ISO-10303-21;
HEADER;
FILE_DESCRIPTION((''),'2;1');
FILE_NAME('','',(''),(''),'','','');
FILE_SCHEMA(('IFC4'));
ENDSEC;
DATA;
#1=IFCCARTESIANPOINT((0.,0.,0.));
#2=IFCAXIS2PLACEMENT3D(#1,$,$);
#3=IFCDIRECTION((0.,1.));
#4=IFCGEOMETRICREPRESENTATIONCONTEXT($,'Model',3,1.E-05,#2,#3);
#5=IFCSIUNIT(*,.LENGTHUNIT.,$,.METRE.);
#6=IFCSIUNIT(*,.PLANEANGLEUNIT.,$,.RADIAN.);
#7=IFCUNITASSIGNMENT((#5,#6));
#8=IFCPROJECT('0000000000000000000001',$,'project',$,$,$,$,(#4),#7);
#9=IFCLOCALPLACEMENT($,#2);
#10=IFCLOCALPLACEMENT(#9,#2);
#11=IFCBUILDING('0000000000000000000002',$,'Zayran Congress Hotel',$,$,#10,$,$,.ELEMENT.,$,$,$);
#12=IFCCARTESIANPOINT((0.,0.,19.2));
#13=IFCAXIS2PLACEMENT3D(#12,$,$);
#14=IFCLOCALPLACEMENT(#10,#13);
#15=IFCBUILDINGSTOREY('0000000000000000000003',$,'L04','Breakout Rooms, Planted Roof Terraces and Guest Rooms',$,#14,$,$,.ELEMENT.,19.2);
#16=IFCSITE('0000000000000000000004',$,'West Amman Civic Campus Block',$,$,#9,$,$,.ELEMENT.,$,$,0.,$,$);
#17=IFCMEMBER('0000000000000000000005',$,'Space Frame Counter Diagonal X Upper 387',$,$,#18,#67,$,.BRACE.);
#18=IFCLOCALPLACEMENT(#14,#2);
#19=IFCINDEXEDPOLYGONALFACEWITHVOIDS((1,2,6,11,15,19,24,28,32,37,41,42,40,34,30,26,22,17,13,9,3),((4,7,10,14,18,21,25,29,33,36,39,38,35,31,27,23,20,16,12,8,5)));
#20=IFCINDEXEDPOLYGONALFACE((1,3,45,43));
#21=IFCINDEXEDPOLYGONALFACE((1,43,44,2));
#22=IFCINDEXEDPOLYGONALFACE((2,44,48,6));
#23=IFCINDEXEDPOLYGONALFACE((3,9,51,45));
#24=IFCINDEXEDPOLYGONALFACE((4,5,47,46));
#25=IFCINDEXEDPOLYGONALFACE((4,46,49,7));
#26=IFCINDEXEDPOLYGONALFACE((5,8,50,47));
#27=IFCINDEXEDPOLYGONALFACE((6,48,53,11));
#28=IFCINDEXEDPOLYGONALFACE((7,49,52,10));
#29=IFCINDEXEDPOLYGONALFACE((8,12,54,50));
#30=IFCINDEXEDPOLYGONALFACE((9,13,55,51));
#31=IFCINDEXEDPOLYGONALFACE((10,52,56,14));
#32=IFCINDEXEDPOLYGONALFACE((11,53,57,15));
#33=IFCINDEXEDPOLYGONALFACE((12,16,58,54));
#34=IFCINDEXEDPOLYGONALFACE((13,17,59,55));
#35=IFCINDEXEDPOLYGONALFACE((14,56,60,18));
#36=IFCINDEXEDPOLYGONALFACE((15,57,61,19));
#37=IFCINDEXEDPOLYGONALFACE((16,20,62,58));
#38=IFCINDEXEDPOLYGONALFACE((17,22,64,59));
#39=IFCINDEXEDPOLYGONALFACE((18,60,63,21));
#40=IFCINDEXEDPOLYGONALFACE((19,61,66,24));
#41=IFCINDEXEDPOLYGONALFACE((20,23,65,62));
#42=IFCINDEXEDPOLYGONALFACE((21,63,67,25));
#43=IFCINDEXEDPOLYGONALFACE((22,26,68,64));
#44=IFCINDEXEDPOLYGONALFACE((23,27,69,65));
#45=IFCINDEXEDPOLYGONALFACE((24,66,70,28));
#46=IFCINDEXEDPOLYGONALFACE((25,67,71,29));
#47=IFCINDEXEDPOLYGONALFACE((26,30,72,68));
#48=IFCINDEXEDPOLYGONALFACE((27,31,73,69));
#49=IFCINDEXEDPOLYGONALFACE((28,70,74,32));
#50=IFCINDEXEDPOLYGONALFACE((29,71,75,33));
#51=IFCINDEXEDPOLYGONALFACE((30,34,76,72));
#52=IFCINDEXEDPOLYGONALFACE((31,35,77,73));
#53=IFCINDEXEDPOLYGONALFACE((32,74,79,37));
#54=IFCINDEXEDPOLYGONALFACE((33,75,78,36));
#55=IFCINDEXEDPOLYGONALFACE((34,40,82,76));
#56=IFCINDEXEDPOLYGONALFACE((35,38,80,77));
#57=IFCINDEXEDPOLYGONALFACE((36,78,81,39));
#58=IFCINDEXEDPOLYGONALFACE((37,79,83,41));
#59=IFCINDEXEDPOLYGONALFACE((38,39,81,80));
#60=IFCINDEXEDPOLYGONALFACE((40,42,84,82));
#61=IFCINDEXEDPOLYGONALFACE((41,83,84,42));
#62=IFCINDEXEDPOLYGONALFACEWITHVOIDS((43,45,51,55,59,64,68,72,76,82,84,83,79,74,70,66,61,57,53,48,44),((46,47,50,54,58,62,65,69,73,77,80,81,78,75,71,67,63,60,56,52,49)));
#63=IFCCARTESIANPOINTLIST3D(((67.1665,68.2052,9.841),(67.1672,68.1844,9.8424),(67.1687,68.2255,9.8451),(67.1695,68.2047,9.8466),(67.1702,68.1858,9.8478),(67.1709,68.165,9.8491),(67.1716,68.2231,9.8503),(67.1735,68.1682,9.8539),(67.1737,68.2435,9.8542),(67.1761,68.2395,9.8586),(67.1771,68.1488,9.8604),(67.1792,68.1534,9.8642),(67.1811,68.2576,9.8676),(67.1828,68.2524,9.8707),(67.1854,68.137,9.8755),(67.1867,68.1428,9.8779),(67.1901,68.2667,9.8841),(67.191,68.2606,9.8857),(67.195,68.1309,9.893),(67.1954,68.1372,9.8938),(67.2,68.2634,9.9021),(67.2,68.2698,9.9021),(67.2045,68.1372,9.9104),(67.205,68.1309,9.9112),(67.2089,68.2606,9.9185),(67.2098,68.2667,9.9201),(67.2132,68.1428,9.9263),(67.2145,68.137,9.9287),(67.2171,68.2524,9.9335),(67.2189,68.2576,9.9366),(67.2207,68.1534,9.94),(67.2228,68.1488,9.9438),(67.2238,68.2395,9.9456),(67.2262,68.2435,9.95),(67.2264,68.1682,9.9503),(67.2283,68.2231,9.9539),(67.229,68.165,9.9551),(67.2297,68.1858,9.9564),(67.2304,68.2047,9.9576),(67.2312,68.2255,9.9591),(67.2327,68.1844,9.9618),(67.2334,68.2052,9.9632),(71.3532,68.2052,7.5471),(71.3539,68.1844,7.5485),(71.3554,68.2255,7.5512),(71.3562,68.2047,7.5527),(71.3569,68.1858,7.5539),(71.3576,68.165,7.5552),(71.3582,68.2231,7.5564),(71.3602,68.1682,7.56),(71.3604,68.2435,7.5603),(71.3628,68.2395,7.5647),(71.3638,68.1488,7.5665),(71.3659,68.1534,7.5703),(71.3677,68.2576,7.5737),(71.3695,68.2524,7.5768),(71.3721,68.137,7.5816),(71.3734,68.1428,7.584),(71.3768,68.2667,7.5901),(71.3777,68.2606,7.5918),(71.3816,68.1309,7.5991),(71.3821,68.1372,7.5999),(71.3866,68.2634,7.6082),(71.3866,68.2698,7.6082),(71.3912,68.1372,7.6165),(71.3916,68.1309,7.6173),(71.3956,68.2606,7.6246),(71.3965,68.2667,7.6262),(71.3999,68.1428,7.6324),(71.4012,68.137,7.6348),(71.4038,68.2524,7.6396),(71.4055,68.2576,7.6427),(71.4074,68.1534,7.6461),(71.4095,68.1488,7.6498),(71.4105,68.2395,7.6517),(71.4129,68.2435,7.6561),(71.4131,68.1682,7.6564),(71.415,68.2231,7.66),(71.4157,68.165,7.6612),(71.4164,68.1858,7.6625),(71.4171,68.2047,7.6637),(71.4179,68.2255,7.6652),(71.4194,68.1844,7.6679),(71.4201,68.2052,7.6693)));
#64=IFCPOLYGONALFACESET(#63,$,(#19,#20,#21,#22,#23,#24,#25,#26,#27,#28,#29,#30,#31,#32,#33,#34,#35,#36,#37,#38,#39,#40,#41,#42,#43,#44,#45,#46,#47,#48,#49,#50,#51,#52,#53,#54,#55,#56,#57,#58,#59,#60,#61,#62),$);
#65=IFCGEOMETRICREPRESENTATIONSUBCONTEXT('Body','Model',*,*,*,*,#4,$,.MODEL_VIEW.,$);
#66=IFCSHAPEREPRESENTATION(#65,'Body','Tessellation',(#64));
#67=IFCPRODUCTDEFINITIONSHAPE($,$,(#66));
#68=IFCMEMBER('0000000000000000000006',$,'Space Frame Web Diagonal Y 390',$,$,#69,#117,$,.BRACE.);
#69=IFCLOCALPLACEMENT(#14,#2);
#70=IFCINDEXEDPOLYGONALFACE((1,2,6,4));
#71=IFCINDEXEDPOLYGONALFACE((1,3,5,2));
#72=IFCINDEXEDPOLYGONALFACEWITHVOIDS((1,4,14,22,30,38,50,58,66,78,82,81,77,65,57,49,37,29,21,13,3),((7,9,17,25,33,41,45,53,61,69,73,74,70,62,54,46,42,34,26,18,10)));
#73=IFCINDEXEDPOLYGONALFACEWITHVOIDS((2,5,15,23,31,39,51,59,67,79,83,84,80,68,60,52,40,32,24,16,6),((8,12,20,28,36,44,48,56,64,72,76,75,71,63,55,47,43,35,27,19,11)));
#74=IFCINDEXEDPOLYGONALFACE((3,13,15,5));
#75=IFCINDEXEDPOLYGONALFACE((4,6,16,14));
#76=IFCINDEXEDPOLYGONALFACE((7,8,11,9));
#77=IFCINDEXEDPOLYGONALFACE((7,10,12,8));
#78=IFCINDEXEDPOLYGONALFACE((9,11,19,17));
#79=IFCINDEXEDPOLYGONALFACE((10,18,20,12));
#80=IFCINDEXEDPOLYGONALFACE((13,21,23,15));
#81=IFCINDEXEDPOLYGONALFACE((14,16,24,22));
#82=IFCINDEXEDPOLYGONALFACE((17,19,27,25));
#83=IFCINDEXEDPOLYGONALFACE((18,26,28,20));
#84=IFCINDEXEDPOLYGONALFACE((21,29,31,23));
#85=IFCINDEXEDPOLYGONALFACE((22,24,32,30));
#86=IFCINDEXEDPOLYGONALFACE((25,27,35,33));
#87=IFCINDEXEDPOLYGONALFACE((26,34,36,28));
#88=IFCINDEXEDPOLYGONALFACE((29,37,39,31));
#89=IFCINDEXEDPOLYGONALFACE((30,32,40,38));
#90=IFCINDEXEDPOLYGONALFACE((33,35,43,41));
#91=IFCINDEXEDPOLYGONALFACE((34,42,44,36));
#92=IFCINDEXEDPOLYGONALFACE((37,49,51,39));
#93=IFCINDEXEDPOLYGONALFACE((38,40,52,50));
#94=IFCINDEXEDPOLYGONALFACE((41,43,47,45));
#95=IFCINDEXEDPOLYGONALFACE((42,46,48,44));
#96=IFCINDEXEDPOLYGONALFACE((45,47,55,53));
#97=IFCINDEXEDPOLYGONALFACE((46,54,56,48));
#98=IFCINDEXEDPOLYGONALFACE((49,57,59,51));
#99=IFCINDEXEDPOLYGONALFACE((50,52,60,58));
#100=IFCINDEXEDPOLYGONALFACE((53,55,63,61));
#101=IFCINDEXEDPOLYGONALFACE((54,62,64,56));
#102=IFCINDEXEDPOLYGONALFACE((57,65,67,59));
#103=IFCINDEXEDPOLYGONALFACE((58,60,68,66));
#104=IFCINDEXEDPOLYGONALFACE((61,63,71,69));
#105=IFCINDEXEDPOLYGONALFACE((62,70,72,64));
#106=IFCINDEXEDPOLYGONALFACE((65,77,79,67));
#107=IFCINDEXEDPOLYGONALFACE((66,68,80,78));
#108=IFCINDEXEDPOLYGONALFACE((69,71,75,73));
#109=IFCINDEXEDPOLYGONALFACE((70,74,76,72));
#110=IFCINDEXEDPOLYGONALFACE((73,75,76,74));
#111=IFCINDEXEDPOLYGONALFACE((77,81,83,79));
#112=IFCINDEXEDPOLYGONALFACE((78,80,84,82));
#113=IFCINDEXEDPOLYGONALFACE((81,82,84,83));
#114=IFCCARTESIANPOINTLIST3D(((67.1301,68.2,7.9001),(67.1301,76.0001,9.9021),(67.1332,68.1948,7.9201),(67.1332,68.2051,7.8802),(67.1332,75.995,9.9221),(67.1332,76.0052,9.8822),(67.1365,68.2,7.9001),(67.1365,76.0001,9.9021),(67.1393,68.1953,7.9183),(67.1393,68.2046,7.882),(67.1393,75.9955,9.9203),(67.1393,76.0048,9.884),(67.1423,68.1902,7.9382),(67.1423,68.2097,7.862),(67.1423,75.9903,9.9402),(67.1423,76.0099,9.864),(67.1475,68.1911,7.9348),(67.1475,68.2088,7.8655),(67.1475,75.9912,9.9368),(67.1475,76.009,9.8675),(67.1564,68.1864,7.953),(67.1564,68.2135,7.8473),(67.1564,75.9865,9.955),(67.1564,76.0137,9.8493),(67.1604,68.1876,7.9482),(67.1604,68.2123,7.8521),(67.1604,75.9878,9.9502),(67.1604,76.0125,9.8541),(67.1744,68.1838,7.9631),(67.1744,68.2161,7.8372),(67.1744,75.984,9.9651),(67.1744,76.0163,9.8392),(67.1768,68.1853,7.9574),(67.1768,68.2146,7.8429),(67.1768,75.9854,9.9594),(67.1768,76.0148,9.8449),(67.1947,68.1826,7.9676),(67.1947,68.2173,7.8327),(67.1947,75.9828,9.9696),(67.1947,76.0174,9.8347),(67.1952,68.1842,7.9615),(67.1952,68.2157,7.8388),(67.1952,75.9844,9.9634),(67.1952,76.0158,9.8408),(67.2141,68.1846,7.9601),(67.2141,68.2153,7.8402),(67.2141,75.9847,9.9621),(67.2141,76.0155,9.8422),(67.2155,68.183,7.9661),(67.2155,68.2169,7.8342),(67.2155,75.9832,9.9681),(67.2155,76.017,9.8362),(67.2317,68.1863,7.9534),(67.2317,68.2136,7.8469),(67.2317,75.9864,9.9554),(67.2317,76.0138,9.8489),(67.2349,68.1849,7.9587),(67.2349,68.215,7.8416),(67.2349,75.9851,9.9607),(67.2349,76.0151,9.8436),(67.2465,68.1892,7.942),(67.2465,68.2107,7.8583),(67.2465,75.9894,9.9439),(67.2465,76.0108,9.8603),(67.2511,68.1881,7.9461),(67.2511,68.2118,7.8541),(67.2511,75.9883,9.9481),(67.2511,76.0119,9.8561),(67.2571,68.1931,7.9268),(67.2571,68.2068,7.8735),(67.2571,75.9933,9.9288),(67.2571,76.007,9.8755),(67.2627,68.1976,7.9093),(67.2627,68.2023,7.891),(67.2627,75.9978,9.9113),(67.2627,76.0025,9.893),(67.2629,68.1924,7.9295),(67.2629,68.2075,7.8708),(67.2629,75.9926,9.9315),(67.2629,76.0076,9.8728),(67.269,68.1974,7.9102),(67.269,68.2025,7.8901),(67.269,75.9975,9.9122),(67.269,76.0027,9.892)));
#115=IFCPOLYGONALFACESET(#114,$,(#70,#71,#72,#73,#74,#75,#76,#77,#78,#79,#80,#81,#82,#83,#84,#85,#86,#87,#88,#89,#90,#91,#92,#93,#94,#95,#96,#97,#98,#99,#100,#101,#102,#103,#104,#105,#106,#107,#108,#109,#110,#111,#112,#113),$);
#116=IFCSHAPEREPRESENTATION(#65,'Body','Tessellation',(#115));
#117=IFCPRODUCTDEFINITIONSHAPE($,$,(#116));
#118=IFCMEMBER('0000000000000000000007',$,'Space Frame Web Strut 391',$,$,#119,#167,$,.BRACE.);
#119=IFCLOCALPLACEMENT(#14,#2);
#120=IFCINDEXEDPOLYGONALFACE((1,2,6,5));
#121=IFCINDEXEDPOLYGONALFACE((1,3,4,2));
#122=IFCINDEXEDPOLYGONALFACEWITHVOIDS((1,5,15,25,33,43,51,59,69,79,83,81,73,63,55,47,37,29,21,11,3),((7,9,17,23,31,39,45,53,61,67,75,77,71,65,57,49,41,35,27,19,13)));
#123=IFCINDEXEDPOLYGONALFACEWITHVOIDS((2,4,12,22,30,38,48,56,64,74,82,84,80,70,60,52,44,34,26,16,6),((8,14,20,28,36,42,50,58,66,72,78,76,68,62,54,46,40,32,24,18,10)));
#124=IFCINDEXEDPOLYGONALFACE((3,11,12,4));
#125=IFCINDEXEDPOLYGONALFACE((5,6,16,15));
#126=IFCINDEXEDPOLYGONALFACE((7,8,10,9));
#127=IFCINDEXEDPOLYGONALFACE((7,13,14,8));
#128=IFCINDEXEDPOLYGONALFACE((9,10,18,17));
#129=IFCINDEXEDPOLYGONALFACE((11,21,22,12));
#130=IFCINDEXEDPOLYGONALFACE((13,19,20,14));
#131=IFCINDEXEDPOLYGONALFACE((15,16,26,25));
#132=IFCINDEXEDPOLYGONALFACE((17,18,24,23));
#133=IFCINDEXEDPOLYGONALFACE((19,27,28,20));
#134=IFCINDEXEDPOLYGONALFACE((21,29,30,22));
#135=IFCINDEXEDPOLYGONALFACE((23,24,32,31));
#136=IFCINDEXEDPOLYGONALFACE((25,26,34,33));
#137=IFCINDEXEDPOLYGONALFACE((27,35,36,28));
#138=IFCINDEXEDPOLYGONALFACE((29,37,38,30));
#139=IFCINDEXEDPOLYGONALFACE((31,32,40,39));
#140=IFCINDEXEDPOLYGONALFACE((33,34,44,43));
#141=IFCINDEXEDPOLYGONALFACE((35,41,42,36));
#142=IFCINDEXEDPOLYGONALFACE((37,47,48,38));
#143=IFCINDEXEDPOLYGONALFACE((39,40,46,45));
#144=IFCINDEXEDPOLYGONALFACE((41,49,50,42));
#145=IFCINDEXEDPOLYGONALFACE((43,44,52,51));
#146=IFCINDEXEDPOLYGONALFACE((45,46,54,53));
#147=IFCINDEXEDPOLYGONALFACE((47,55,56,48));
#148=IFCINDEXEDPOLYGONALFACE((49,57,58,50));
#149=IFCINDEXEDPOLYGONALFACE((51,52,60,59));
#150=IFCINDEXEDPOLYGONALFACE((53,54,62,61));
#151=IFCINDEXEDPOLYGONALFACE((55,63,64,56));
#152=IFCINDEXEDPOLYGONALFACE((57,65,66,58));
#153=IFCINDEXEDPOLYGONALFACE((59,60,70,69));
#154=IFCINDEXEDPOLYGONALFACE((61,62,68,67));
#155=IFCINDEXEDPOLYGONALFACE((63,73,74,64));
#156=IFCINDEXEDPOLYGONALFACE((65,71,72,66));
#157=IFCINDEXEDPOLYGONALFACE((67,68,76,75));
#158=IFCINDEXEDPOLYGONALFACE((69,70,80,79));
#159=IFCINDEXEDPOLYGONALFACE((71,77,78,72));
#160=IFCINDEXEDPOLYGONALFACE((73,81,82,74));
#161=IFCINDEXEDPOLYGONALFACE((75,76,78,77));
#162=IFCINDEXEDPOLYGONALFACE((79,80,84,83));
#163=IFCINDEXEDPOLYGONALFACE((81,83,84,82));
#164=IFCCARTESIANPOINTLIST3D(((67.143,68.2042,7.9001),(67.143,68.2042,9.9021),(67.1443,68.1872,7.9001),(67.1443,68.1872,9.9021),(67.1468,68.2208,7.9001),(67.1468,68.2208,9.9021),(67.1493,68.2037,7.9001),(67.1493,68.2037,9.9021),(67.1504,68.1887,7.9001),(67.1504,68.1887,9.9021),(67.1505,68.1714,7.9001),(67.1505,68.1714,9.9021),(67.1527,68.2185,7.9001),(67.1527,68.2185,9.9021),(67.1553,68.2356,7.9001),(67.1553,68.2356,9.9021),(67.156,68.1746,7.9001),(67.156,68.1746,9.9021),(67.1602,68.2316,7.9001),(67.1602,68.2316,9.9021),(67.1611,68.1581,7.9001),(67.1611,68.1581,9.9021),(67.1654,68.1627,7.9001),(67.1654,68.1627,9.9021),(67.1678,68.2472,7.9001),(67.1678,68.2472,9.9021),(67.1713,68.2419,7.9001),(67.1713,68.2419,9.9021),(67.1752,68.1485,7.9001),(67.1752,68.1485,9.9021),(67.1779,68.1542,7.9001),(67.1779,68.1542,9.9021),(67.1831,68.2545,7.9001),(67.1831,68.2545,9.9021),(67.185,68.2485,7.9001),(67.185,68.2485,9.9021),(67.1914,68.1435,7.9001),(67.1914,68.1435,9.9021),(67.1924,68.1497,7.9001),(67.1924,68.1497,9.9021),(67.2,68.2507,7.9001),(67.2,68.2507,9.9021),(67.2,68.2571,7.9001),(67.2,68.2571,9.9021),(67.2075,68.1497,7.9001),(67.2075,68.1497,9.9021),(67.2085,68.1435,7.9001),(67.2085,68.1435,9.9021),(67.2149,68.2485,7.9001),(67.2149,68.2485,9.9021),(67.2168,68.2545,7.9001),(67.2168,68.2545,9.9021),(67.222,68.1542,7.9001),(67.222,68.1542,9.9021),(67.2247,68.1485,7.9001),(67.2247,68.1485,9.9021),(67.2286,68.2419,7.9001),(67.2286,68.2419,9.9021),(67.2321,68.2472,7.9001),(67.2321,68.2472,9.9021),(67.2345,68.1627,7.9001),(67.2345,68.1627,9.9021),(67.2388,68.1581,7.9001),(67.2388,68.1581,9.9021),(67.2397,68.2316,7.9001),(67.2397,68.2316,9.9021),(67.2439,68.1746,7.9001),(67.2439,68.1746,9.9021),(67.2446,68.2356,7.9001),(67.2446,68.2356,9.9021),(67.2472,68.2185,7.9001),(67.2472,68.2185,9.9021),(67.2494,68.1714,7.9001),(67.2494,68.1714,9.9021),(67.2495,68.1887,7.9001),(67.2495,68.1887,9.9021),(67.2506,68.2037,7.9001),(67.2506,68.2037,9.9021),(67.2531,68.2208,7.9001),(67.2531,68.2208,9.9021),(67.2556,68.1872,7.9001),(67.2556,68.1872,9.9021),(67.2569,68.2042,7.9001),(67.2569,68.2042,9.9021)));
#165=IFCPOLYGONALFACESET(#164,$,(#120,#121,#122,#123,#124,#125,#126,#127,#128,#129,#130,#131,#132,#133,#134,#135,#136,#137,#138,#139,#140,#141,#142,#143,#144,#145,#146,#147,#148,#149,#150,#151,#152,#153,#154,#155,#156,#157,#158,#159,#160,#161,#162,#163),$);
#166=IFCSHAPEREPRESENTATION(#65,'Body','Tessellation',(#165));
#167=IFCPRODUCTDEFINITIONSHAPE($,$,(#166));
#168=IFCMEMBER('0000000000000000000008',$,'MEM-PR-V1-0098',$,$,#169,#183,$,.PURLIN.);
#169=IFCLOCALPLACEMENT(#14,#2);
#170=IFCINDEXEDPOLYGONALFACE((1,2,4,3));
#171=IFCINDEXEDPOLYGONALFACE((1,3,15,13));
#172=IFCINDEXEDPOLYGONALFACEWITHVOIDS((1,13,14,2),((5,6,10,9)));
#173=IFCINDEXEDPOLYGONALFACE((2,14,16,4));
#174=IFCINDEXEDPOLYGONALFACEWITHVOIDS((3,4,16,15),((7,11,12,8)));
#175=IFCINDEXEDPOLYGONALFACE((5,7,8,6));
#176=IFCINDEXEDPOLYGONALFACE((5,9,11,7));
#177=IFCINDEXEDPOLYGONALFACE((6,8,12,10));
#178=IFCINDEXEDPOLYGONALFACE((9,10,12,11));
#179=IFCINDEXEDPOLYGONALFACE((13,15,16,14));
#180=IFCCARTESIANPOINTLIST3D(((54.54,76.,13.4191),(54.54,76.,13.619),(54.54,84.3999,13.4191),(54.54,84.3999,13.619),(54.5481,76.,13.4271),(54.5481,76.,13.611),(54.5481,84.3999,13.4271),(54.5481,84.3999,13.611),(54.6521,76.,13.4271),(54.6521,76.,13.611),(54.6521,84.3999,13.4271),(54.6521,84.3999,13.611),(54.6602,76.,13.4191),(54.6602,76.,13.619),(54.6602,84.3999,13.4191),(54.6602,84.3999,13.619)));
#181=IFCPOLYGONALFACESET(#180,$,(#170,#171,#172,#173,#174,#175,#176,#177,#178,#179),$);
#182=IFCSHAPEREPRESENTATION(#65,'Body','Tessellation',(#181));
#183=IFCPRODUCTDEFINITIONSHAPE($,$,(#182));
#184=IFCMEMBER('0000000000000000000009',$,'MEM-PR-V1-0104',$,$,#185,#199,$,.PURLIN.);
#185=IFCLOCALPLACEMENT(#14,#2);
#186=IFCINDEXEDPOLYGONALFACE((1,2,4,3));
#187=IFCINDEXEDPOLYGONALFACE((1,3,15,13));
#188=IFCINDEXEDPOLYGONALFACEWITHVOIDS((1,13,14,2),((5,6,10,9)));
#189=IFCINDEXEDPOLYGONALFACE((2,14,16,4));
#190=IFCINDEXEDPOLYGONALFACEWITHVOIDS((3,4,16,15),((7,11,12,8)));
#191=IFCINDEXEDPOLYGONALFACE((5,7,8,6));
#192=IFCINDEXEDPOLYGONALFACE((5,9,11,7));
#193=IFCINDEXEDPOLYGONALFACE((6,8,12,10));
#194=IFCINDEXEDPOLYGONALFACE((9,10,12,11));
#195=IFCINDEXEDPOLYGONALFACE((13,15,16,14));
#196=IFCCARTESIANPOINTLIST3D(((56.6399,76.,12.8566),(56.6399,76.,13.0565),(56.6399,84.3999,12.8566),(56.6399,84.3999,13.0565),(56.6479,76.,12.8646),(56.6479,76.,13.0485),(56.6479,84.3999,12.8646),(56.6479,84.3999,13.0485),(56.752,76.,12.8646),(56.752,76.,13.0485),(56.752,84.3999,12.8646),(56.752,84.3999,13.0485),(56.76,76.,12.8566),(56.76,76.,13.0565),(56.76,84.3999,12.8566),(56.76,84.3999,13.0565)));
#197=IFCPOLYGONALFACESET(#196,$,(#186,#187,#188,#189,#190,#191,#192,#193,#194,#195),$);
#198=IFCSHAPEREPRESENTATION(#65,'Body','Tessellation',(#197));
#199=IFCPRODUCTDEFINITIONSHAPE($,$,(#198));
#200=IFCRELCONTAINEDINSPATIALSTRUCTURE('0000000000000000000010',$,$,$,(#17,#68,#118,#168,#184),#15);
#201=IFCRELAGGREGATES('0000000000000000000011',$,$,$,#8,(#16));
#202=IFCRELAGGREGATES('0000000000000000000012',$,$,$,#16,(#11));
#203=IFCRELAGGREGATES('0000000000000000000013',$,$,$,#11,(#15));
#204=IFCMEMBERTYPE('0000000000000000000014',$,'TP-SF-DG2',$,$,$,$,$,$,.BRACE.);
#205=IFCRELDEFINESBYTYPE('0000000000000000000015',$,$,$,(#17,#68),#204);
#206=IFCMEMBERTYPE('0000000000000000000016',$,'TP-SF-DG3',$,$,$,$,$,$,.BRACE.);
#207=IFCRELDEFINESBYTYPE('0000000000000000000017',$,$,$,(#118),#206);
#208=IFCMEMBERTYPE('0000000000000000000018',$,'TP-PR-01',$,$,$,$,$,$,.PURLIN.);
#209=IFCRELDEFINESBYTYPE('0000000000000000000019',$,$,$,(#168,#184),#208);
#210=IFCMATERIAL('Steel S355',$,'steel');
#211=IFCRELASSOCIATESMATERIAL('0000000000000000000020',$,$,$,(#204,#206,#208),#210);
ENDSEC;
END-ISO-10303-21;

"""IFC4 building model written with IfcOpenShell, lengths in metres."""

from ifc_helpers import new_model, si_unit, direction, frame, origin, origin_2d, place, context, subcontext, project, spatial, hollow_rectangle, hollow_circle, extrude, material, material_profile, profile_set, type_object, element, save


model = new_model("IFC4")

# Units and contexts
model_context = context("Model", 3, precision=1e-05, world=origin(), true_north=direction((0.0, 1.0)))
body_context = subcontext(model_context, "Body", "Model", "MODEL_VIEW")
ifc_project = project(units=[si_unit("LENGTHUNIT", "METRE"), si_unit("PLANEANGLEUNIT", "RADIAN")], contexts=[model_context])

# Site, building, storey
site_placement = place(None, origin())
site = spatial("IfcSite", under=ifc_project, at=site_placement, Name="West Amman Civic Campus Block", CompositionType="ELEMENT", RefElevation=0.0)
building_placement = place(site_placement, origin())
building = spatial("IfcBuilding", under=site, at=building_placement, Name="Zayran Congress Hotel", CompositionType="ELEMENT")
storey_placement = place(building_placement, frame((0.0, 0.0, 19.2)))
storey = spatial("IfcBuildingStorey", under=building, at=storey_placement, Name="L04", Description="Breakout Rooms, Planted Roof Terraces and Guest Rooms", CompositionType="ELEMENT", Elevation=19.2)

# Members
ifc_material_1 = material(Name="Steel S355", Category="steel")
ifc_material_profile_1 = material_profile(ifc_material_1, hollow_circle(Radius=0.0698, WallThickness=0.0063, at=origin_2d()), Name="CHS 139.7x6.3")
ifc_profile_set_1 = profile_set([ifc_material_profile_1], Name="Steel S355")
member_type_1 = type_object("IfcMemberType", Name="TP-SF-DG2", PredefinedType="BRACE", material=ifc_profile_set_1)
member_1_placement = place(storey_placement, frame((67.2, 68.2, 9.9021), z_axis=(0.876991, 0.0, -0.480507), x_axis=(0.0, 1.0, 0.0)))
element("IfcMember", 1, at=member_1_placement, inside=storey, type_object=member_type_1, Name="Space Frame Counter Diagonal X Upper 387", PredefinedType="BRACE", context=body_context, shape_type="SweptSolid", body=[
    extrude(hollow_circle(Radius=0.0698, WallThickness=0.0063, at=origin_2d()), origin(), (0.0, 0.0, 1.0), 4.7739),
])
member_2_placement = place(storey_placement, frame((67.2, 68.2, 7.9001), z_axis=(0.0, 0.968606, 0.248601), x_axis=(-1.0, 0.0, 0.0)))
element("IfcMember", 2, at=member_2_placement, inside=storey, type_object=member_type_1, Name="Space Frame Web Diagonal Y 390", PredefinedType="BRACE", context=body_context, shape_type="SweptSolid", body=[
    extrude(hollow_circle(Radius=0.0698, WallThickness=0.0063, at=origin_2d()), origin(), (0.0, 0.0, 1.0), 8.053),
])
ifc_material_profile_2 = material_profile(ifc_material_1, hollow_circle(Radius=0.0571, WallThickness=0.0063, at=origin_2d()), Name="CHS 114.3x6.3")
ifc_profile_set_2 = profile_set([ifc_material_profile_2], Name="Steel S355")
member_type_2 = type_object("IfcMemberType", Name="TP-SF-DG3", PredefinedType="BRACE", material=ifc_profile_set_2)
member_3_placement = place(storey_placement, frame((67.2, 68.2, 7.9001), z_axis=(0.0, 0.0, 1.0), x_axis=(0.0, 1.0, 0.0)))
element("IfcMember", 3, at=member_3_placement, inside=storey, type_object=member_type_2, Name="Space Frame Web Strut 391", PredefinedType="BRACE", context=body_context, shape_type="SweptSolid", body=[
    extrude(hollow_circle(Radius=0.0571, WallThickness=0.0063, at=origin_2d()), origin(), (0.0, 0.0, 1.0), 2.002),
])
ifc_material_profile_3 = material_profile(ifc_material_1, hollow_rectangle(XDim=0.1201, YDim=0.2, WallThickness=0.0081, at=origin_2d()), Name="RHS 200x120x8")
ifc_profile_set_3 = profile_set([ifc_material_profile_3], Name="Steel S355")
member_type_3 = type_object("IfcMemberType", Name="TP-PR-01", PredefinedType="PURLIN", material=ifc_profile_set_3)
for number, where, z_axis, x_axis, name in (
    (4, (54.6001, 76.0, 13.519), (0.0, 1.0, 0.0), (-1.0, 0.0, 0.0), "MEM-PR-V1-0098"),
    (5, (56.7, 76.0, 12.9565), (0.0, 1.0, 0.0), (-1.0, 0.0, 0.0), "MEM-PR-V1-0104"),
):
    element("IfcMember", number, at=place(storey_placement, frame(where, z_axis=z_axis, x_axis=x_axis)), inside=storey, type_object=member_type_3, Name=name, PredefinedType="PURLIN", context=body_context, shape_type="SweptSolid", body=[
        extrude(hollow_rectangle(XDim=0.1201, YDim=0.2, WallThickness=0.0081, at=origin_2d()), origin(), (0.0, 0.0, 1.0), 8.3999),
    ])

save(model, "model.ifc")
